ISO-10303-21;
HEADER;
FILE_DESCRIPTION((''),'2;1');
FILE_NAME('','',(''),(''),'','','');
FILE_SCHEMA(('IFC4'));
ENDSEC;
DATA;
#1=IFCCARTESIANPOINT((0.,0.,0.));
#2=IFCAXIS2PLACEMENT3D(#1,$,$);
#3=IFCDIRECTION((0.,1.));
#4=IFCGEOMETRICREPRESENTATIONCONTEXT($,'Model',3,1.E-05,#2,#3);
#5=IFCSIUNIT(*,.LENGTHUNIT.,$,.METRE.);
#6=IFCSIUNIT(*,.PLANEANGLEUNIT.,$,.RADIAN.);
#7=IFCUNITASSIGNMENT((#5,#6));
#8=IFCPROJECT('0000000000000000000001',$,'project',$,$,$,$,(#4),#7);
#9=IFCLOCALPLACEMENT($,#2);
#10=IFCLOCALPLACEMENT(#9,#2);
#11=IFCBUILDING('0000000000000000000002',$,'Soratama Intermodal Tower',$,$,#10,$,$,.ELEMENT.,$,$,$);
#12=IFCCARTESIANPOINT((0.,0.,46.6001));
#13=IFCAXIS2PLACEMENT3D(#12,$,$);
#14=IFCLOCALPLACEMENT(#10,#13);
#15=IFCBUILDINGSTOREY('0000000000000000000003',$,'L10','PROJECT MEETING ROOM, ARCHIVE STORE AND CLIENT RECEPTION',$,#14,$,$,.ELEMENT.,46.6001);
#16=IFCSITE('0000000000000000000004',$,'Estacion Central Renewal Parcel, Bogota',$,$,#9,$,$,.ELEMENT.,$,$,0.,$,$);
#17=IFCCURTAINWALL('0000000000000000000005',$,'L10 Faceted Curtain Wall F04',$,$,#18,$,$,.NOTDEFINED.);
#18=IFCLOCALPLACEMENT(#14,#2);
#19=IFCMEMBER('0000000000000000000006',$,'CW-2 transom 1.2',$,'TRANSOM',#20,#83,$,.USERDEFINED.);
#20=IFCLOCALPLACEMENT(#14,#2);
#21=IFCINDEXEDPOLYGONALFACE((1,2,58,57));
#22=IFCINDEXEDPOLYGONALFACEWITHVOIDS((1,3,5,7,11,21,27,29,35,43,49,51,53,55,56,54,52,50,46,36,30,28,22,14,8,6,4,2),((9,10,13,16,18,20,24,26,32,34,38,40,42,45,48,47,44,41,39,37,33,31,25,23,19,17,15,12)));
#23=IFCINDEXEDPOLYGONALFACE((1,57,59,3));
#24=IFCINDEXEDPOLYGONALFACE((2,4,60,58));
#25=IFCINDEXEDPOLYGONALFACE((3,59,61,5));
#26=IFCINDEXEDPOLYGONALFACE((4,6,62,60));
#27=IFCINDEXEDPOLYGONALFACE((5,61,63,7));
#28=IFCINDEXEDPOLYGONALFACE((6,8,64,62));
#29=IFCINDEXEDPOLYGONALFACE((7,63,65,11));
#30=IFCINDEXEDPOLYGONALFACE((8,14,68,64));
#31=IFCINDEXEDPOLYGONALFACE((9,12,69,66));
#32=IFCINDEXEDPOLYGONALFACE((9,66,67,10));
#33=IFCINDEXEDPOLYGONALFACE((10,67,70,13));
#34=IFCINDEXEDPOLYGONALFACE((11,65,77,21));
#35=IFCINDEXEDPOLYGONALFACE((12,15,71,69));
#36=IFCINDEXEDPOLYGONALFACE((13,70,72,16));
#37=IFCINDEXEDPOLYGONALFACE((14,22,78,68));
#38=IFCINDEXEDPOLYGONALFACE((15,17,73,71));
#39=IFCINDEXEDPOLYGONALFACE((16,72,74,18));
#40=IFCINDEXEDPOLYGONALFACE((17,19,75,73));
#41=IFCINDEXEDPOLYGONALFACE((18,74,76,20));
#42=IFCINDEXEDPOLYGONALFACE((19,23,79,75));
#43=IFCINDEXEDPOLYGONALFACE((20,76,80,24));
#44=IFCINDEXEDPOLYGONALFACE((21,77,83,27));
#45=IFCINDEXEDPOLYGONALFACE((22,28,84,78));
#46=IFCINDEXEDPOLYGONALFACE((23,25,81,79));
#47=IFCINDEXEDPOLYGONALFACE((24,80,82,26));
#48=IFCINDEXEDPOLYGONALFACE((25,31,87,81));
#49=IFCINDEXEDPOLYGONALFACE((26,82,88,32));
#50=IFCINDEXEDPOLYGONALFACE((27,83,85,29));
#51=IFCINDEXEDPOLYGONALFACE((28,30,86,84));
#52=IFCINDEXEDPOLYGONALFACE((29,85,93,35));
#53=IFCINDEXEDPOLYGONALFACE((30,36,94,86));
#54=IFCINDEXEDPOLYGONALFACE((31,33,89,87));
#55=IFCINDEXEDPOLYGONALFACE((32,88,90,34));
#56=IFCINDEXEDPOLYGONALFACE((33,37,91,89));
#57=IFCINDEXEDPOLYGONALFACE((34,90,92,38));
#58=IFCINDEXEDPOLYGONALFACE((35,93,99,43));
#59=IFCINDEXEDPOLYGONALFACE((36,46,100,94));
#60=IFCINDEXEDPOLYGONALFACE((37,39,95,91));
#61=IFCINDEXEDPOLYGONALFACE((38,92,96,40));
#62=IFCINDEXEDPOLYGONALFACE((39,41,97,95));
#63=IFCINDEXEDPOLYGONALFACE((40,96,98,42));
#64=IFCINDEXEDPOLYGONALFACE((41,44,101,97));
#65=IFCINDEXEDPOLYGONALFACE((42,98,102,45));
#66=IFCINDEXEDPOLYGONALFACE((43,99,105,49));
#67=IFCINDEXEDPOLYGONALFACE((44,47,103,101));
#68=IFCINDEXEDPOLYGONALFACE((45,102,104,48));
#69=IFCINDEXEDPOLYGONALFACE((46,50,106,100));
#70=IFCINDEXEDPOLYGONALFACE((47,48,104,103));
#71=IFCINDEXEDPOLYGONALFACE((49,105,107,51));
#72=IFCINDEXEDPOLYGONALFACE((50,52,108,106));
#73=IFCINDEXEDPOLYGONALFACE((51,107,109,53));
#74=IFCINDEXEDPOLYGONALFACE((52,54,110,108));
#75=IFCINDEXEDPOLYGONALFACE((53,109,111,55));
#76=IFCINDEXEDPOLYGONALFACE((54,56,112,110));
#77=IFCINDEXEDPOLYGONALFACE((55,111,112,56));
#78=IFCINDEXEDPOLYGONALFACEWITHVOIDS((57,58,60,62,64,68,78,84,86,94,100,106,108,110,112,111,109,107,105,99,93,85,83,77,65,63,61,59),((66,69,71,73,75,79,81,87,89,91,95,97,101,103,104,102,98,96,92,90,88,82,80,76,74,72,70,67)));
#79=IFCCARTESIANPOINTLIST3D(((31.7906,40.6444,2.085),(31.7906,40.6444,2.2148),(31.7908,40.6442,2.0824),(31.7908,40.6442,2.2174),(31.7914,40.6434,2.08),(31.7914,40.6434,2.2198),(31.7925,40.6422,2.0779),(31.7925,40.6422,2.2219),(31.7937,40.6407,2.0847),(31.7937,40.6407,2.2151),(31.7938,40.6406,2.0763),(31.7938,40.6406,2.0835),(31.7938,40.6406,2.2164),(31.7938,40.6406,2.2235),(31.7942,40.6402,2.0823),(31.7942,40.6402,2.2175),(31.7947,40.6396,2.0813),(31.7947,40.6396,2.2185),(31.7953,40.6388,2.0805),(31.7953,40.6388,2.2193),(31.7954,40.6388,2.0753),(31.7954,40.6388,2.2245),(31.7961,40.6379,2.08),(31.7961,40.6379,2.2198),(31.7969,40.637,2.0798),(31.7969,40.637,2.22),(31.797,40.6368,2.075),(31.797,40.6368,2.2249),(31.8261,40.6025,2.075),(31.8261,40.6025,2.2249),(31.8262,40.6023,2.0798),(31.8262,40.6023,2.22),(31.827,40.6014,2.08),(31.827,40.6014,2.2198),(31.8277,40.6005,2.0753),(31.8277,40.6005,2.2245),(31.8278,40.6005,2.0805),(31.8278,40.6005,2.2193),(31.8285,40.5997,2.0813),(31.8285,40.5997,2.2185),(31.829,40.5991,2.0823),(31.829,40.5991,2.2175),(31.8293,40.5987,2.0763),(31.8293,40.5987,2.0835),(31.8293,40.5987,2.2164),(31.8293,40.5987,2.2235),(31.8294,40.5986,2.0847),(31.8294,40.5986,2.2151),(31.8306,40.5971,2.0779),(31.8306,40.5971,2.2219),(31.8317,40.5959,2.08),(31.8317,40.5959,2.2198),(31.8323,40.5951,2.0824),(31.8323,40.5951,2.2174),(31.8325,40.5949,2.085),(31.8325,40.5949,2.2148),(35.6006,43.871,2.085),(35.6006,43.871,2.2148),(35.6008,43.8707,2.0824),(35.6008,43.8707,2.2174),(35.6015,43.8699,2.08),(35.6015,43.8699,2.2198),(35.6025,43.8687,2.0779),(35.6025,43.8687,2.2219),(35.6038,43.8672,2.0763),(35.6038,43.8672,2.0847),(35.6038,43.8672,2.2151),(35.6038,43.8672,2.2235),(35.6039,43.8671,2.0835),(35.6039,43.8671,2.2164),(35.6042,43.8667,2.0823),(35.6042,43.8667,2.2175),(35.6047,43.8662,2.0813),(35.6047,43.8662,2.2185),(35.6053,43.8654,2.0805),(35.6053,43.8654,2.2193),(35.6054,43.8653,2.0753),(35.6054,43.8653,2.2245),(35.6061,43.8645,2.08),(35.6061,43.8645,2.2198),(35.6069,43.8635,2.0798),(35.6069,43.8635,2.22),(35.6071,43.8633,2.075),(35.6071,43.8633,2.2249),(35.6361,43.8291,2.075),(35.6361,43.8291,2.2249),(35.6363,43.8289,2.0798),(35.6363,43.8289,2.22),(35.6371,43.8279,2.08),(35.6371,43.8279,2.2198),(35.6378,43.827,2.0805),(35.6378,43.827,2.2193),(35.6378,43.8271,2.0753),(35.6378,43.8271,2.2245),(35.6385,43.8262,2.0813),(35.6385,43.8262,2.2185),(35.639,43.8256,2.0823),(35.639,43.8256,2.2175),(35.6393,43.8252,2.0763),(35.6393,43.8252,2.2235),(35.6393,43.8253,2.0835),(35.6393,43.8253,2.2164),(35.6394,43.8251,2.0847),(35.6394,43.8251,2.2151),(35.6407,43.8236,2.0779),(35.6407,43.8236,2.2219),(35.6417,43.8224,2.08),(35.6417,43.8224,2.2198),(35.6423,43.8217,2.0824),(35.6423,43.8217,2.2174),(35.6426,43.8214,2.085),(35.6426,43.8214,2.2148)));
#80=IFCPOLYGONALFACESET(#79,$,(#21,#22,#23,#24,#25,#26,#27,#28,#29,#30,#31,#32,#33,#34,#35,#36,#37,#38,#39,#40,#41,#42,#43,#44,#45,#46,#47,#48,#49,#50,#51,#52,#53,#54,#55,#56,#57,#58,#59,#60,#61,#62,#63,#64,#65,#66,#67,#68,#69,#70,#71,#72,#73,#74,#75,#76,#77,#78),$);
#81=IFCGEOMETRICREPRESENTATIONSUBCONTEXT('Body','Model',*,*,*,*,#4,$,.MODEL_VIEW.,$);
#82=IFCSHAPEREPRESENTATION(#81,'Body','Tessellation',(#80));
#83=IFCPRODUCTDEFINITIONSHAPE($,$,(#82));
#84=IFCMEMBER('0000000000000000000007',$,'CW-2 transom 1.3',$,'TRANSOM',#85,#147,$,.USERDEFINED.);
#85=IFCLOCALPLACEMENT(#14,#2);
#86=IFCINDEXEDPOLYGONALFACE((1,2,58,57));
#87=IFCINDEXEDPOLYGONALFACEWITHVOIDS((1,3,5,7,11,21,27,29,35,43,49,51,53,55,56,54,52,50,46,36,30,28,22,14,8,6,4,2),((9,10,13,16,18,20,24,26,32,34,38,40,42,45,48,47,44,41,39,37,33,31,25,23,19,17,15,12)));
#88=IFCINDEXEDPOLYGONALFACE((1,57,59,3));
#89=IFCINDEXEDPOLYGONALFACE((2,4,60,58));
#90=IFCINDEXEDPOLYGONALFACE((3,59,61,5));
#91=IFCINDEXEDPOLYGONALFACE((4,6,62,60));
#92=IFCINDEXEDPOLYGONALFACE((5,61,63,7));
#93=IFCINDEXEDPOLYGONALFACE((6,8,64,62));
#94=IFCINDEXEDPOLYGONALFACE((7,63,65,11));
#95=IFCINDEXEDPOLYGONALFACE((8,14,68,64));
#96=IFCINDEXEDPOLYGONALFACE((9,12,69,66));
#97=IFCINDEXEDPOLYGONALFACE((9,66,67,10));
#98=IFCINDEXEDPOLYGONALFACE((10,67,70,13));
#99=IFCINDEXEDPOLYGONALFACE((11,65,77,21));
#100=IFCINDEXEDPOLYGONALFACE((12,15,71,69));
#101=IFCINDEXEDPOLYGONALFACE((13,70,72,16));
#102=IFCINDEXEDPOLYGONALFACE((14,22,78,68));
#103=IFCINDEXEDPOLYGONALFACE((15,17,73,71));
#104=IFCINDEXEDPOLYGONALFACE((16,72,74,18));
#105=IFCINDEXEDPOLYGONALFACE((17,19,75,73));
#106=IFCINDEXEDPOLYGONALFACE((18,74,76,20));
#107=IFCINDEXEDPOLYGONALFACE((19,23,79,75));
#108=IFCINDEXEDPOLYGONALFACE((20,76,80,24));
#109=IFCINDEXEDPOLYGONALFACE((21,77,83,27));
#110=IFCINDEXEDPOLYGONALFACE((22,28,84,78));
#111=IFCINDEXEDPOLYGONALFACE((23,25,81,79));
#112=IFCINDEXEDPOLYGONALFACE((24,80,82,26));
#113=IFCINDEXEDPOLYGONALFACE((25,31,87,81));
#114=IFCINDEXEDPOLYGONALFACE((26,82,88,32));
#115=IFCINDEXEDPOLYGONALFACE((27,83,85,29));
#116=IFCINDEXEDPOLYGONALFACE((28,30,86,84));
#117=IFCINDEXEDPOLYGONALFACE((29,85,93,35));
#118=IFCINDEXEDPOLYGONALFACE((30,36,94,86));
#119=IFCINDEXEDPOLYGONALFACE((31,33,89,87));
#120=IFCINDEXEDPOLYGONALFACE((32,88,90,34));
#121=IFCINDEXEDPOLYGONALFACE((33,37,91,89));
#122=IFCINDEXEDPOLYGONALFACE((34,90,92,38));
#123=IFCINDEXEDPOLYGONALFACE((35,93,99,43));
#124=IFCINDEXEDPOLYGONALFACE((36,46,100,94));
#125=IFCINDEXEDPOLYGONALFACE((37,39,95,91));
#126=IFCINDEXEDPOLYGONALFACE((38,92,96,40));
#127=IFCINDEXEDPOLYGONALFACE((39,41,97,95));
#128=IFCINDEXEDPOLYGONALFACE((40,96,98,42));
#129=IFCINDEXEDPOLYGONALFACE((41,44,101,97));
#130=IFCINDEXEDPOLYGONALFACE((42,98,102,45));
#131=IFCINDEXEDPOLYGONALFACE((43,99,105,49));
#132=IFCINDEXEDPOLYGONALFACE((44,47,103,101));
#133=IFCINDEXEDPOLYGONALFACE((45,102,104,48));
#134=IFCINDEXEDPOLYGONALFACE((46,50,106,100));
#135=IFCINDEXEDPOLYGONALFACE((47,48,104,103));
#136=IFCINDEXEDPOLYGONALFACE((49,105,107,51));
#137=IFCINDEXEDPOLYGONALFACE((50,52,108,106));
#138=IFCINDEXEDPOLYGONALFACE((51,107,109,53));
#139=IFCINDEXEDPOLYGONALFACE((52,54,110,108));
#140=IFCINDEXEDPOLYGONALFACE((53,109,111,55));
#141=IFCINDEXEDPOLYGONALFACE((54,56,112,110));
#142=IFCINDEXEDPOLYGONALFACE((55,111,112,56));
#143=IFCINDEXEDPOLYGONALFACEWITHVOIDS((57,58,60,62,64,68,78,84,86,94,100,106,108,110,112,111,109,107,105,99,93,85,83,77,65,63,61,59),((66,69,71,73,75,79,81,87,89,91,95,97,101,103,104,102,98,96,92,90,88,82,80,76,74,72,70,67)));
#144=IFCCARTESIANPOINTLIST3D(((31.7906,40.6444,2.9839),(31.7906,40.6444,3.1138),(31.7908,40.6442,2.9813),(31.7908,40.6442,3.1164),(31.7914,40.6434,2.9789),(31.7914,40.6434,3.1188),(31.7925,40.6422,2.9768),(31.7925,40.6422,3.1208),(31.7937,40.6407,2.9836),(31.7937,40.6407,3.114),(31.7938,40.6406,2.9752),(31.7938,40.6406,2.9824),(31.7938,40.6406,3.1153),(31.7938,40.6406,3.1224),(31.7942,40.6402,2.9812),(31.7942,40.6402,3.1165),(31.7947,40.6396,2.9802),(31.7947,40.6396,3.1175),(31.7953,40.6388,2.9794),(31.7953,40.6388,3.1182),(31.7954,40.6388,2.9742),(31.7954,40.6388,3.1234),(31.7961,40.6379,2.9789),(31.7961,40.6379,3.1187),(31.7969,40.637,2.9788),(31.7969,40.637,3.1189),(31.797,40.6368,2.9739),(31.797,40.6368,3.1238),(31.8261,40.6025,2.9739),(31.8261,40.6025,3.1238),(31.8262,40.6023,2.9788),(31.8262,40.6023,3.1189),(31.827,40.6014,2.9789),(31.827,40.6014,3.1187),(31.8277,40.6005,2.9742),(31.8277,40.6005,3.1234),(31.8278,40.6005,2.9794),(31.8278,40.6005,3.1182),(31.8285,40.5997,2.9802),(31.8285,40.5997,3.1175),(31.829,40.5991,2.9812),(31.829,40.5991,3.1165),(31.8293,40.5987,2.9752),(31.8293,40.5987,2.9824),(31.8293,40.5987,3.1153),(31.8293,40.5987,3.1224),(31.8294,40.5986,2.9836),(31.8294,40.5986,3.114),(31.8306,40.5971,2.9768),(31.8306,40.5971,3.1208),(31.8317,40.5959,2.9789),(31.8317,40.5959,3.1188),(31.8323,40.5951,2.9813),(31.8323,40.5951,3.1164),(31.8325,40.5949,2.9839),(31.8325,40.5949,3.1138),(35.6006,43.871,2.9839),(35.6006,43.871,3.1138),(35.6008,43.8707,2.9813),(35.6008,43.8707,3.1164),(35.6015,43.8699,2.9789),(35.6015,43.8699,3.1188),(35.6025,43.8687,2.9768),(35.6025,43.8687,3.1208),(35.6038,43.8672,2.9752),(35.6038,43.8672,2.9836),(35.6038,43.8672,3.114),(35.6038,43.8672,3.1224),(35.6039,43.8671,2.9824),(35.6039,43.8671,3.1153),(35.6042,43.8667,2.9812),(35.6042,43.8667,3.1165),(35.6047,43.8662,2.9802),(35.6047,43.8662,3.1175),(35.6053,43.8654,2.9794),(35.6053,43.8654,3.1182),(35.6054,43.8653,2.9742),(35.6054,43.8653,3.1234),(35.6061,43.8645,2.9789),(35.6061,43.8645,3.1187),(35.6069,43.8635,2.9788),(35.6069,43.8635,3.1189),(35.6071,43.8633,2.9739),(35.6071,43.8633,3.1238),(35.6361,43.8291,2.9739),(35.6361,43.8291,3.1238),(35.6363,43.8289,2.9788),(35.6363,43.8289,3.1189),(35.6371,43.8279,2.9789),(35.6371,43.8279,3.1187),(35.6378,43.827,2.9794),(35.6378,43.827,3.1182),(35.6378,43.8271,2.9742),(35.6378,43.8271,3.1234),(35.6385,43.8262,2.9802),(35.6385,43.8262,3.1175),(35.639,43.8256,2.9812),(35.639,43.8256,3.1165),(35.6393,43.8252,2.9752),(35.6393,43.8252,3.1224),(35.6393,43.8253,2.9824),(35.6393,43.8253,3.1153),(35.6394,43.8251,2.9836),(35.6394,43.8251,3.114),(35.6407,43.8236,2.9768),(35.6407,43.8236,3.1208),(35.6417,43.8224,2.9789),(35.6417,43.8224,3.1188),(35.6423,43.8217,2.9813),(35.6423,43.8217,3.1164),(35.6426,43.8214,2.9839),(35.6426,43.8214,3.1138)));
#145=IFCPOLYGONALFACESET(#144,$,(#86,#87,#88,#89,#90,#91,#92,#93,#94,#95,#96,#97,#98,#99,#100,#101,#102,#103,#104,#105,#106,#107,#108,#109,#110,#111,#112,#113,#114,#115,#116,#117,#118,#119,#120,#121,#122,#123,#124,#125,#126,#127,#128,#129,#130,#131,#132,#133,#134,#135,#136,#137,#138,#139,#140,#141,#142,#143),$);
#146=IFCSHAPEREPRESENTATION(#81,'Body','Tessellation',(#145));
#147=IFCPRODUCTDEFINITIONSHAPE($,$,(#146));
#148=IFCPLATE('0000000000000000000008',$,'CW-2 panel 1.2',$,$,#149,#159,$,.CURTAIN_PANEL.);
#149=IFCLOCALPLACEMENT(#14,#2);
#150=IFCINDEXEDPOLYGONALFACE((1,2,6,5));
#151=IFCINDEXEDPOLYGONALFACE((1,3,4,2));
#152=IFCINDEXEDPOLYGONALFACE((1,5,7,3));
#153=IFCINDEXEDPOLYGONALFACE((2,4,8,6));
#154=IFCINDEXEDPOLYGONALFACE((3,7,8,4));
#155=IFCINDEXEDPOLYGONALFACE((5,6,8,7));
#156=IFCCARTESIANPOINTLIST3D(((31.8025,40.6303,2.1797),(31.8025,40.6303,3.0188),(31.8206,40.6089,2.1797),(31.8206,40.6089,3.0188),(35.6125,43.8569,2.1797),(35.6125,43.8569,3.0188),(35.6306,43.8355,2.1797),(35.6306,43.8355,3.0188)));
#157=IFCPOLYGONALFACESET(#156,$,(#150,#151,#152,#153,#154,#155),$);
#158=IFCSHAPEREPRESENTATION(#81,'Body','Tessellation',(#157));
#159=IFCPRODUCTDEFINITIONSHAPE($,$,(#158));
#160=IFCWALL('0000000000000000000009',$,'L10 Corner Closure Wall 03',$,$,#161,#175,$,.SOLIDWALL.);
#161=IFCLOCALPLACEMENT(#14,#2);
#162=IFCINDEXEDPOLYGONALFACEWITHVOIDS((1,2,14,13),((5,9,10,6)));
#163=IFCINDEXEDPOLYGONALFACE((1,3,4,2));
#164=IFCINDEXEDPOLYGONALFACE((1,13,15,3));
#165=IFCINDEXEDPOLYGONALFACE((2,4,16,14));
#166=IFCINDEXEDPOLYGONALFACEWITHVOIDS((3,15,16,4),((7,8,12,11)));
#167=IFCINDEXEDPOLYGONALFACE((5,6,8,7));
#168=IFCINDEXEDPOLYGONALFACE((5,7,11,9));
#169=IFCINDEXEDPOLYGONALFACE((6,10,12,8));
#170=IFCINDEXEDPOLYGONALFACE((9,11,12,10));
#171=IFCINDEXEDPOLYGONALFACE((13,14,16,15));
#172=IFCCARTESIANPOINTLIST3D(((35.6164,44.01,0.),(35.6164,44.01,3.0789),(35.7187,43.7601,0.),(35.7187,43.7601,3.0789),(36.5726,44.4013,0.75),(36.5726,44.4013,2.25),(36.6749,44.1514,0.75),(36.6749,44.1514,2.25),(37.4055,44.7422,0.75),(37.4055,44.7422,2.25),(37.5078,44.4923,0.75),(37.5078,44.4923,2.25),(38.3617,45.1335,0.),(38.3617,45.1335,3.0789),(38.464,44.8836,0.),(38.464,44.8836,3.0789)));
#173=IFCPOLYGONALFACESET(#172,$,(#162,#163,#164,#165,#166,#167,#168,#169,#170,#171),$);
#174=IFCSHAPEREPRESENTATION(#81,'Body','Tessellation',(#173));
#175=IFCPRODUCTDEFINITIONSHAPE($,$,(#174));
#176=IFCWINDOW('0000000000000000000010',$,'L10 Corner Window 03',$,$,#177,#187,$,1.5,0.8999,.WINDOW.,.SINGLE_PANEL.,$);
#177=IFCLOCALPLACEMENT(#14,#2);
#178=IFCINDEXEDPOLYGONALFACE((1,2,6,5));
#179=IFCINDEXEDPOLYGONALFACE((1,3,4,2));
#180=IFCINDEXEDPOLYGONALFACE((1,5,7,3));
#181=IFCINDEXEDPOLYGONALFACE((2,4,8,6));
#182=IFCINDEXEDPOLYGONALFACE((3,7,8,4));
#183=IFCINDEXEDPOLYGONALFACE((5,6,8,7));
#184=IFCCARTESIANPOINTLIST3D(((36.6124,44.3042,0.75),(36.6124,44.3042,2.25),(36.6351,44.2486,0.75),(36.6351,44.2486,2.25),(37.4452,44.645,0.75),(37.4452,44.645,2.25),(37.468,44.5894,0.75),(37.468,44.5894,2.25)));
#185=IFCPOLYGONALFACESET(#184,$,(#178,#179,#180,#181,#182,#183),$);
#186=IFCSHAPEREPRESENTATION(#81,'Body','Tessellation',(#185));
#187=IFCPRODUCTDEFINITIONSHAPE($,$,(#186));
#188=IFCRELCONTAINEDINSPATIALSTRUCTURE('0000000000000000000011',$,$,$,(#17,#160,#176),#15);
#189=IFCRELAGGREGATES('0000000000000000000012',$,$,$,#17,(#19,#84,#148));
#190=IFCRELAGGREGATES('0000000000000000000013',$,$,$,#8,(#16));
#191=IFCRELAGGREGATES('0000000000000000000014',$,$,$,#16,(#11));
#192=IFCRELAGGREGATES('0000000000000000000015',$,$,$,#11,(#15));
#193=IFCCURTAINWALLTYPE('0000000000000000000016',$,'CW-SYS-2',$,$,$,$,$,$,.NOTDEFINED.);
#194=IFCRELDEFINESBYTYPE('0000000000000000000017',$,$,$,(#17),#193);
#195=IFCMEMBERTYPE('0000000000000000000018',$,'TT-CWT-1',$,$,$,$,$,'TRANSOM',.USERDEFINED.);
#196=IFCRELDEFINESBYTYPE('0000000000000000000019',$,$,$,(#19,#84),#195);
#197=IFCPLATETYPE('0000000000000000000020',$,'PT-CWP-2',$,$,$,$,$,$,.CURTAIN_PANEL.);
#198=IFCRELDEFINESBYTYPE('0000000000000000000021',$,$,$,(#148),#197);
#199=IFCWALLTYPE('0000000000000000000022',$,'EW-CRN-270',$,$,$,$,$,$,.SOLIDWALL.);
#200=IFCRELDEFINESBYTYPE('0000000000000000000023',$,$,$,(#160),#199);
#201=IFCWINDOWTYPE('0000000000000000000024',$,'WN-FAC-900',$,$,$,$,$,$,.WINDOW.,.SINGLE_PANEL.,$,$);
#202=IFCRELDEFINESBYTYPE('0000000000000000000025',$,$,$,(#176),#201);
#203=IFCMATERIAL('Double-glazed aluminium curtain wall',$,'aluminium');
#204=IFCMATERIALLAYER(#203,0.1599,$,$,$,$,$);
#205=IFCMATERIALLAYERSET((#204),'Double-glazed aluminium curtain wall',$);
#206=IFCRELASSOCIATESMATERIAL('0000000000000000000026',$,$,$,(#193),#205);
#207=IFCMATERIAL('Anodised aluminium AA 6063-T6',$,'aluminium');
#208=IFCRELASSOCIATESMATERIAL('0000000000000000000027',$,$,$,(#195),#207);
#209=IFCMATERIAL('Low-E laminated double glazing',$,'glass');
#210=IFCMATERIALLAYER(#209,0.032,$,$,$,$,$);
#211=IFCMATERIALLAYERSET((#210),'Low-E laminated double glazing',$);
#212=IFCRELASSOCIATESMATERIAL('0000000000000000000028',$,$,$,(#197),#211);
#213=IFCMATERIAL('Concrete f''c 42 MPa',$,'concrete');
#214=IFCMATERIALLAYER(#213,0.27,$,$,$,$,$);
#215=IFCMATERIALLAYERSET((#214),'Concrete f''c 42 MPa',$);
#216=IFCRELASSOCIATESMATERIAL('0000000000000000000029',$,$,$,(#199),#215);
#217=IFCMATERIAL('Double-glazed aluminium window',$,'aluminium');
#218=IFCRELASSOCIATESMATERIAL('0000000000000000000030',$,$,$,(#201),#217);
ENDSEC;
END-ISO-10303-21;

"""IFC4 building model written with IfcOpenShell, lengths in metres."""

from ifc_helpers import new_model, si_unit, direction, frame, frame_2d, origin, origin_2d, place, context, subcontext, project, spatial, rectangle, hollow_rectangle, extrude, material, layer, layer_set, material_profile, profile_set, type_object, element, fill, aggregate, save


model = new_model("IFC4")

# Units and contexts
model_context = context("Model", 3, precision=1e-05, world=origin(), true_north=direction((0.0, 1.0)))
body_context = subcontext(model_context, "Body", "Model", "MODEL_VIEW")
ifc_project = project(units=[si_unit("LENGTHUNIT", "METRE"), si_unit("PLANEANGLEUNIT", "RADIAN")], contexts=[model_context])

# Site, building, storey
site_placement = place(None, origin())
site = spatial("IfcSite", under=ifc_project, at=site_placement, Name="Estacion Central Renewal Parcel, Bogota", CompositionType="ELEMENT", RefElevation=0.0)
building_placement = place(site_placement, origin())
building = spatial("IfcBuilding", under=site, at=building_placement, Name="Soratama Intermodal Tower", CompositionType="ELEMENT")
storey_placement = place(building_placement, frame((0.0, 0.0, 46.6001)))
storey = spatial("IfcBuildingStorey", under=building, at=storey_placement, Name="L10", Description="PROJECT MEETING ROOM, ARCHIVE STORE AND CLIENT RECEPTION", CompositionType="ELEMENT", Elevation=46.6001)

# Curtain wall, members, plate
ifc_material_1 = material(Name="Double-glazed aluminium curtain wall", Category="aluminium")
ifc_layer_1 = layer(ifc_material_1, 0.1599)
ifc_layer_set_1 = layer_set([ifc_layer_1], Name="Double-glazed aluminium curtain wall")
curtain_wall_type = type_object("IfcCurtainWallType", Name="CW-SYS-2", PredefinedType="NOTDEFINED", material=ifc_layer_set_1)
curtain_wall_placement = place(storey_placement, origin())
curtain_wall = element("IfcCurtainWall", 1, at=curtain_wall_placement, inside=storey, type_object=curtain_wall_type, Name="L10 Faceted Curtain Wall F04", PredefinedType="NOTDEFINED")
ifc_material_2 = material(Name="Anodised aluminium AA 6063-T6", Category="aluminium")
ifc_material_profile_1 = material_profile(ifc_material_2, hollow_rectangle(XDim=0.0649, YDim=0.1499, WallThickness=0.0049, InnerFilletRadius=0.0049, OuterFilletRadius=0.01, at=origin_2d()), Name="CWT150X65X5")
ifc_profile_set_1 = profile_set([ifc_material_profile_1], Name="Anodised aluminium AA 6063-T6")
member_type_1 = type_object("IfcMemberType", Name="TT-CWT-1", ElementType="TRANSOM", PredefinedType="USERDEFINED", material=ifc_profile_set_1)
member_1_placement = place(storey_placement, frame((35.6216, 43.8462, 2.1499), z_axis=(-0.763123, -0.646253, 0.0), x_axis=(0.646253, -0.763123, 0.0)))
member_1 = element("IfcMember", 2, at=member_1_placement, type_object=member_type_1, Name="CW-2 transom 1.2", ObjectType="TRANSOM", PredefinedType="USERDEFINED", context=body_context, shape_type="SweptSolid", body=[
    extrude(hollow_rectangle(XDim=0.0649, YDim=0.1499, WallThickness=0.0049, InnerFilletRadius=0.0049, OuterFilletRadius=0.01, at=origin_2d()), origin(), (0.0, 0.0, 1.0), 4.9927),
])
member_2_placement = place(storey_placement, frame((35.6216, 43.8462, 3.0488), z_axis=(-0.763123, -0.646253, 0.0), x_axis=(0.646253, -0.763123, 0.0)))
member_2 = element("IfcMember", 3, at=member_2_placement, type_object=member_type_1, Name="CW-2 transom 1.3", ObjectType="TRANSOM", PredefinedType="USERDEFINED", context=body_context, shape_type="SweptSolid", body=[
    extrude(hollow_rectangle(XDim=0.0649, YDim=0.1499, WallThickness=0.0049, InnerFilletRadius=0.0049, OuterFilletRadius=0.01, at=origin_2d()), origin(), (0.0, 0.0, 1.0), 4.9927),
])
ifc_material_3 = material(Name="Low-E laminated double glazing", Category="glass")
ifc_layer_2 = layer(ifc_material_3, 0.032)
ifc_layer_set_2 = layer_set([ifc_layer_2], Name="Low-E laminated double glazing")
plate_type = type_object("IfcPlateType", Name="PT-CWP-2", PredefinedType="CURTAIN_PANEL", material=ifc_layer_set_2)
plate_placement = place(storey_placement, frame((33.7166, 42.2329, 2.1797), z_axis=(0.0, 0.0, 1.0), x_axis=(-0.763118, -0.646259, 0.0)))
plate = element("IfcPlate", 4, at=plate_placement, type_object=plate_type, Name="CW-2 panel 1.2", PredefinedType="CURTAIN_PANEL", context=body_context, shape_type="SweptSolid", body=[
    extrude(rectangle(XDim=4.9927, YDim=0.0281, at=origin_2d()), origin(), (0.0, 0.0, 1.0), 0.8391),
])
aggregate(curtain_wall, [member_1, member_2, plate])

# Wall, opening, window
ifc_material_4 = material(Name="Concrete f'c 42 MPa", Category="concrete")
ifc_layer_3 = layer(ifc_material_4, 0.27)
ifc_layer_set_3 = layer_set([ifc_layer_3], Name="Concrete f'c 42 MPa")
wall_type_1 = type_object("IfcWallType", Name="EW-CRN-270", PredefinedType="SOLIDWALL", material=ifc_layer_set_3)
wall_1_placement = place(storey_placement, frame((38.4128, 45.0085, 0.0), z_axis=(0.0, 0.0, 1.0), x_axis=(-0.925496, -0.378758, 0.0)))
wall_1 = element("IfcWall", 5, at=wall_1_placement, inside=storey, type_object=wall_type_1, Name="L10 Corner Closure Wall 03", PredefinedType="SOLIDWALL", context=body_context, shape_type="SweptSolid", body=[
    extrude(rectangle(XDim=2.9663, YDim=0.27, at=frame_2d((1.4832, 0.0))), origin(), (0.0, 0.0, 1.0), 3.0789),
])
opening_1_placement = place(wall_1_placement, frame((1.0332, 0.0, 0.75)))
opening_1 = element("IfcOpeningElement", 6, at=opening_1_placement, cuts=wall_1, PredefinedType="OPENING", context=body_context, shape_type="SweptSolid", body=[
    extrude(rectangle(XDim=0.8999, YDim=1.5, at=frame_2d((0.45, 0.75))), frame((0.0, 0.145, 0.0), z_axis=(0.0, -1.0, 0.0), x_axis=(1.0, 0.0, 0.0)), (0.0, 0.0, 1.0), 0.29),
])
ifc_material_5 = material(Name="Double-glazed aluminium window", Category="aluminium")
window_type = type_object("IfcWindowType", Name="WN-FAC-900", PartitioningType="SINGLE_PANEL", PredefinedType="WINDOW", material=ifc_material_5)
window_placement = place(opening_1_placement, origin())
window = element("IfcWindow", 7, at=window_placement, inside=storey, type_object=window_type, Name="L10 Corner Window 03", OverallHeight=1.5, OverallWidth=0.8999, PartitioningType="SINGLE_PANEL", PredefinedType="WINDOW", context=body_context, shape_type="SweptSolid", body=[
    extrude(rectangle(XDim=0.8999, YDim=1.5, at=frame_2d((0.45, 0.75))), frame((0.0, 0.03, 0.0), z_axis=(0.0, -1.0, 0.0), x_axis=(1.0, 0.0, 0.0)), (0.0, 0.0, 1.0), 0.0601),
])
fill(opening_1, window)

save(model, "model.ifc")
